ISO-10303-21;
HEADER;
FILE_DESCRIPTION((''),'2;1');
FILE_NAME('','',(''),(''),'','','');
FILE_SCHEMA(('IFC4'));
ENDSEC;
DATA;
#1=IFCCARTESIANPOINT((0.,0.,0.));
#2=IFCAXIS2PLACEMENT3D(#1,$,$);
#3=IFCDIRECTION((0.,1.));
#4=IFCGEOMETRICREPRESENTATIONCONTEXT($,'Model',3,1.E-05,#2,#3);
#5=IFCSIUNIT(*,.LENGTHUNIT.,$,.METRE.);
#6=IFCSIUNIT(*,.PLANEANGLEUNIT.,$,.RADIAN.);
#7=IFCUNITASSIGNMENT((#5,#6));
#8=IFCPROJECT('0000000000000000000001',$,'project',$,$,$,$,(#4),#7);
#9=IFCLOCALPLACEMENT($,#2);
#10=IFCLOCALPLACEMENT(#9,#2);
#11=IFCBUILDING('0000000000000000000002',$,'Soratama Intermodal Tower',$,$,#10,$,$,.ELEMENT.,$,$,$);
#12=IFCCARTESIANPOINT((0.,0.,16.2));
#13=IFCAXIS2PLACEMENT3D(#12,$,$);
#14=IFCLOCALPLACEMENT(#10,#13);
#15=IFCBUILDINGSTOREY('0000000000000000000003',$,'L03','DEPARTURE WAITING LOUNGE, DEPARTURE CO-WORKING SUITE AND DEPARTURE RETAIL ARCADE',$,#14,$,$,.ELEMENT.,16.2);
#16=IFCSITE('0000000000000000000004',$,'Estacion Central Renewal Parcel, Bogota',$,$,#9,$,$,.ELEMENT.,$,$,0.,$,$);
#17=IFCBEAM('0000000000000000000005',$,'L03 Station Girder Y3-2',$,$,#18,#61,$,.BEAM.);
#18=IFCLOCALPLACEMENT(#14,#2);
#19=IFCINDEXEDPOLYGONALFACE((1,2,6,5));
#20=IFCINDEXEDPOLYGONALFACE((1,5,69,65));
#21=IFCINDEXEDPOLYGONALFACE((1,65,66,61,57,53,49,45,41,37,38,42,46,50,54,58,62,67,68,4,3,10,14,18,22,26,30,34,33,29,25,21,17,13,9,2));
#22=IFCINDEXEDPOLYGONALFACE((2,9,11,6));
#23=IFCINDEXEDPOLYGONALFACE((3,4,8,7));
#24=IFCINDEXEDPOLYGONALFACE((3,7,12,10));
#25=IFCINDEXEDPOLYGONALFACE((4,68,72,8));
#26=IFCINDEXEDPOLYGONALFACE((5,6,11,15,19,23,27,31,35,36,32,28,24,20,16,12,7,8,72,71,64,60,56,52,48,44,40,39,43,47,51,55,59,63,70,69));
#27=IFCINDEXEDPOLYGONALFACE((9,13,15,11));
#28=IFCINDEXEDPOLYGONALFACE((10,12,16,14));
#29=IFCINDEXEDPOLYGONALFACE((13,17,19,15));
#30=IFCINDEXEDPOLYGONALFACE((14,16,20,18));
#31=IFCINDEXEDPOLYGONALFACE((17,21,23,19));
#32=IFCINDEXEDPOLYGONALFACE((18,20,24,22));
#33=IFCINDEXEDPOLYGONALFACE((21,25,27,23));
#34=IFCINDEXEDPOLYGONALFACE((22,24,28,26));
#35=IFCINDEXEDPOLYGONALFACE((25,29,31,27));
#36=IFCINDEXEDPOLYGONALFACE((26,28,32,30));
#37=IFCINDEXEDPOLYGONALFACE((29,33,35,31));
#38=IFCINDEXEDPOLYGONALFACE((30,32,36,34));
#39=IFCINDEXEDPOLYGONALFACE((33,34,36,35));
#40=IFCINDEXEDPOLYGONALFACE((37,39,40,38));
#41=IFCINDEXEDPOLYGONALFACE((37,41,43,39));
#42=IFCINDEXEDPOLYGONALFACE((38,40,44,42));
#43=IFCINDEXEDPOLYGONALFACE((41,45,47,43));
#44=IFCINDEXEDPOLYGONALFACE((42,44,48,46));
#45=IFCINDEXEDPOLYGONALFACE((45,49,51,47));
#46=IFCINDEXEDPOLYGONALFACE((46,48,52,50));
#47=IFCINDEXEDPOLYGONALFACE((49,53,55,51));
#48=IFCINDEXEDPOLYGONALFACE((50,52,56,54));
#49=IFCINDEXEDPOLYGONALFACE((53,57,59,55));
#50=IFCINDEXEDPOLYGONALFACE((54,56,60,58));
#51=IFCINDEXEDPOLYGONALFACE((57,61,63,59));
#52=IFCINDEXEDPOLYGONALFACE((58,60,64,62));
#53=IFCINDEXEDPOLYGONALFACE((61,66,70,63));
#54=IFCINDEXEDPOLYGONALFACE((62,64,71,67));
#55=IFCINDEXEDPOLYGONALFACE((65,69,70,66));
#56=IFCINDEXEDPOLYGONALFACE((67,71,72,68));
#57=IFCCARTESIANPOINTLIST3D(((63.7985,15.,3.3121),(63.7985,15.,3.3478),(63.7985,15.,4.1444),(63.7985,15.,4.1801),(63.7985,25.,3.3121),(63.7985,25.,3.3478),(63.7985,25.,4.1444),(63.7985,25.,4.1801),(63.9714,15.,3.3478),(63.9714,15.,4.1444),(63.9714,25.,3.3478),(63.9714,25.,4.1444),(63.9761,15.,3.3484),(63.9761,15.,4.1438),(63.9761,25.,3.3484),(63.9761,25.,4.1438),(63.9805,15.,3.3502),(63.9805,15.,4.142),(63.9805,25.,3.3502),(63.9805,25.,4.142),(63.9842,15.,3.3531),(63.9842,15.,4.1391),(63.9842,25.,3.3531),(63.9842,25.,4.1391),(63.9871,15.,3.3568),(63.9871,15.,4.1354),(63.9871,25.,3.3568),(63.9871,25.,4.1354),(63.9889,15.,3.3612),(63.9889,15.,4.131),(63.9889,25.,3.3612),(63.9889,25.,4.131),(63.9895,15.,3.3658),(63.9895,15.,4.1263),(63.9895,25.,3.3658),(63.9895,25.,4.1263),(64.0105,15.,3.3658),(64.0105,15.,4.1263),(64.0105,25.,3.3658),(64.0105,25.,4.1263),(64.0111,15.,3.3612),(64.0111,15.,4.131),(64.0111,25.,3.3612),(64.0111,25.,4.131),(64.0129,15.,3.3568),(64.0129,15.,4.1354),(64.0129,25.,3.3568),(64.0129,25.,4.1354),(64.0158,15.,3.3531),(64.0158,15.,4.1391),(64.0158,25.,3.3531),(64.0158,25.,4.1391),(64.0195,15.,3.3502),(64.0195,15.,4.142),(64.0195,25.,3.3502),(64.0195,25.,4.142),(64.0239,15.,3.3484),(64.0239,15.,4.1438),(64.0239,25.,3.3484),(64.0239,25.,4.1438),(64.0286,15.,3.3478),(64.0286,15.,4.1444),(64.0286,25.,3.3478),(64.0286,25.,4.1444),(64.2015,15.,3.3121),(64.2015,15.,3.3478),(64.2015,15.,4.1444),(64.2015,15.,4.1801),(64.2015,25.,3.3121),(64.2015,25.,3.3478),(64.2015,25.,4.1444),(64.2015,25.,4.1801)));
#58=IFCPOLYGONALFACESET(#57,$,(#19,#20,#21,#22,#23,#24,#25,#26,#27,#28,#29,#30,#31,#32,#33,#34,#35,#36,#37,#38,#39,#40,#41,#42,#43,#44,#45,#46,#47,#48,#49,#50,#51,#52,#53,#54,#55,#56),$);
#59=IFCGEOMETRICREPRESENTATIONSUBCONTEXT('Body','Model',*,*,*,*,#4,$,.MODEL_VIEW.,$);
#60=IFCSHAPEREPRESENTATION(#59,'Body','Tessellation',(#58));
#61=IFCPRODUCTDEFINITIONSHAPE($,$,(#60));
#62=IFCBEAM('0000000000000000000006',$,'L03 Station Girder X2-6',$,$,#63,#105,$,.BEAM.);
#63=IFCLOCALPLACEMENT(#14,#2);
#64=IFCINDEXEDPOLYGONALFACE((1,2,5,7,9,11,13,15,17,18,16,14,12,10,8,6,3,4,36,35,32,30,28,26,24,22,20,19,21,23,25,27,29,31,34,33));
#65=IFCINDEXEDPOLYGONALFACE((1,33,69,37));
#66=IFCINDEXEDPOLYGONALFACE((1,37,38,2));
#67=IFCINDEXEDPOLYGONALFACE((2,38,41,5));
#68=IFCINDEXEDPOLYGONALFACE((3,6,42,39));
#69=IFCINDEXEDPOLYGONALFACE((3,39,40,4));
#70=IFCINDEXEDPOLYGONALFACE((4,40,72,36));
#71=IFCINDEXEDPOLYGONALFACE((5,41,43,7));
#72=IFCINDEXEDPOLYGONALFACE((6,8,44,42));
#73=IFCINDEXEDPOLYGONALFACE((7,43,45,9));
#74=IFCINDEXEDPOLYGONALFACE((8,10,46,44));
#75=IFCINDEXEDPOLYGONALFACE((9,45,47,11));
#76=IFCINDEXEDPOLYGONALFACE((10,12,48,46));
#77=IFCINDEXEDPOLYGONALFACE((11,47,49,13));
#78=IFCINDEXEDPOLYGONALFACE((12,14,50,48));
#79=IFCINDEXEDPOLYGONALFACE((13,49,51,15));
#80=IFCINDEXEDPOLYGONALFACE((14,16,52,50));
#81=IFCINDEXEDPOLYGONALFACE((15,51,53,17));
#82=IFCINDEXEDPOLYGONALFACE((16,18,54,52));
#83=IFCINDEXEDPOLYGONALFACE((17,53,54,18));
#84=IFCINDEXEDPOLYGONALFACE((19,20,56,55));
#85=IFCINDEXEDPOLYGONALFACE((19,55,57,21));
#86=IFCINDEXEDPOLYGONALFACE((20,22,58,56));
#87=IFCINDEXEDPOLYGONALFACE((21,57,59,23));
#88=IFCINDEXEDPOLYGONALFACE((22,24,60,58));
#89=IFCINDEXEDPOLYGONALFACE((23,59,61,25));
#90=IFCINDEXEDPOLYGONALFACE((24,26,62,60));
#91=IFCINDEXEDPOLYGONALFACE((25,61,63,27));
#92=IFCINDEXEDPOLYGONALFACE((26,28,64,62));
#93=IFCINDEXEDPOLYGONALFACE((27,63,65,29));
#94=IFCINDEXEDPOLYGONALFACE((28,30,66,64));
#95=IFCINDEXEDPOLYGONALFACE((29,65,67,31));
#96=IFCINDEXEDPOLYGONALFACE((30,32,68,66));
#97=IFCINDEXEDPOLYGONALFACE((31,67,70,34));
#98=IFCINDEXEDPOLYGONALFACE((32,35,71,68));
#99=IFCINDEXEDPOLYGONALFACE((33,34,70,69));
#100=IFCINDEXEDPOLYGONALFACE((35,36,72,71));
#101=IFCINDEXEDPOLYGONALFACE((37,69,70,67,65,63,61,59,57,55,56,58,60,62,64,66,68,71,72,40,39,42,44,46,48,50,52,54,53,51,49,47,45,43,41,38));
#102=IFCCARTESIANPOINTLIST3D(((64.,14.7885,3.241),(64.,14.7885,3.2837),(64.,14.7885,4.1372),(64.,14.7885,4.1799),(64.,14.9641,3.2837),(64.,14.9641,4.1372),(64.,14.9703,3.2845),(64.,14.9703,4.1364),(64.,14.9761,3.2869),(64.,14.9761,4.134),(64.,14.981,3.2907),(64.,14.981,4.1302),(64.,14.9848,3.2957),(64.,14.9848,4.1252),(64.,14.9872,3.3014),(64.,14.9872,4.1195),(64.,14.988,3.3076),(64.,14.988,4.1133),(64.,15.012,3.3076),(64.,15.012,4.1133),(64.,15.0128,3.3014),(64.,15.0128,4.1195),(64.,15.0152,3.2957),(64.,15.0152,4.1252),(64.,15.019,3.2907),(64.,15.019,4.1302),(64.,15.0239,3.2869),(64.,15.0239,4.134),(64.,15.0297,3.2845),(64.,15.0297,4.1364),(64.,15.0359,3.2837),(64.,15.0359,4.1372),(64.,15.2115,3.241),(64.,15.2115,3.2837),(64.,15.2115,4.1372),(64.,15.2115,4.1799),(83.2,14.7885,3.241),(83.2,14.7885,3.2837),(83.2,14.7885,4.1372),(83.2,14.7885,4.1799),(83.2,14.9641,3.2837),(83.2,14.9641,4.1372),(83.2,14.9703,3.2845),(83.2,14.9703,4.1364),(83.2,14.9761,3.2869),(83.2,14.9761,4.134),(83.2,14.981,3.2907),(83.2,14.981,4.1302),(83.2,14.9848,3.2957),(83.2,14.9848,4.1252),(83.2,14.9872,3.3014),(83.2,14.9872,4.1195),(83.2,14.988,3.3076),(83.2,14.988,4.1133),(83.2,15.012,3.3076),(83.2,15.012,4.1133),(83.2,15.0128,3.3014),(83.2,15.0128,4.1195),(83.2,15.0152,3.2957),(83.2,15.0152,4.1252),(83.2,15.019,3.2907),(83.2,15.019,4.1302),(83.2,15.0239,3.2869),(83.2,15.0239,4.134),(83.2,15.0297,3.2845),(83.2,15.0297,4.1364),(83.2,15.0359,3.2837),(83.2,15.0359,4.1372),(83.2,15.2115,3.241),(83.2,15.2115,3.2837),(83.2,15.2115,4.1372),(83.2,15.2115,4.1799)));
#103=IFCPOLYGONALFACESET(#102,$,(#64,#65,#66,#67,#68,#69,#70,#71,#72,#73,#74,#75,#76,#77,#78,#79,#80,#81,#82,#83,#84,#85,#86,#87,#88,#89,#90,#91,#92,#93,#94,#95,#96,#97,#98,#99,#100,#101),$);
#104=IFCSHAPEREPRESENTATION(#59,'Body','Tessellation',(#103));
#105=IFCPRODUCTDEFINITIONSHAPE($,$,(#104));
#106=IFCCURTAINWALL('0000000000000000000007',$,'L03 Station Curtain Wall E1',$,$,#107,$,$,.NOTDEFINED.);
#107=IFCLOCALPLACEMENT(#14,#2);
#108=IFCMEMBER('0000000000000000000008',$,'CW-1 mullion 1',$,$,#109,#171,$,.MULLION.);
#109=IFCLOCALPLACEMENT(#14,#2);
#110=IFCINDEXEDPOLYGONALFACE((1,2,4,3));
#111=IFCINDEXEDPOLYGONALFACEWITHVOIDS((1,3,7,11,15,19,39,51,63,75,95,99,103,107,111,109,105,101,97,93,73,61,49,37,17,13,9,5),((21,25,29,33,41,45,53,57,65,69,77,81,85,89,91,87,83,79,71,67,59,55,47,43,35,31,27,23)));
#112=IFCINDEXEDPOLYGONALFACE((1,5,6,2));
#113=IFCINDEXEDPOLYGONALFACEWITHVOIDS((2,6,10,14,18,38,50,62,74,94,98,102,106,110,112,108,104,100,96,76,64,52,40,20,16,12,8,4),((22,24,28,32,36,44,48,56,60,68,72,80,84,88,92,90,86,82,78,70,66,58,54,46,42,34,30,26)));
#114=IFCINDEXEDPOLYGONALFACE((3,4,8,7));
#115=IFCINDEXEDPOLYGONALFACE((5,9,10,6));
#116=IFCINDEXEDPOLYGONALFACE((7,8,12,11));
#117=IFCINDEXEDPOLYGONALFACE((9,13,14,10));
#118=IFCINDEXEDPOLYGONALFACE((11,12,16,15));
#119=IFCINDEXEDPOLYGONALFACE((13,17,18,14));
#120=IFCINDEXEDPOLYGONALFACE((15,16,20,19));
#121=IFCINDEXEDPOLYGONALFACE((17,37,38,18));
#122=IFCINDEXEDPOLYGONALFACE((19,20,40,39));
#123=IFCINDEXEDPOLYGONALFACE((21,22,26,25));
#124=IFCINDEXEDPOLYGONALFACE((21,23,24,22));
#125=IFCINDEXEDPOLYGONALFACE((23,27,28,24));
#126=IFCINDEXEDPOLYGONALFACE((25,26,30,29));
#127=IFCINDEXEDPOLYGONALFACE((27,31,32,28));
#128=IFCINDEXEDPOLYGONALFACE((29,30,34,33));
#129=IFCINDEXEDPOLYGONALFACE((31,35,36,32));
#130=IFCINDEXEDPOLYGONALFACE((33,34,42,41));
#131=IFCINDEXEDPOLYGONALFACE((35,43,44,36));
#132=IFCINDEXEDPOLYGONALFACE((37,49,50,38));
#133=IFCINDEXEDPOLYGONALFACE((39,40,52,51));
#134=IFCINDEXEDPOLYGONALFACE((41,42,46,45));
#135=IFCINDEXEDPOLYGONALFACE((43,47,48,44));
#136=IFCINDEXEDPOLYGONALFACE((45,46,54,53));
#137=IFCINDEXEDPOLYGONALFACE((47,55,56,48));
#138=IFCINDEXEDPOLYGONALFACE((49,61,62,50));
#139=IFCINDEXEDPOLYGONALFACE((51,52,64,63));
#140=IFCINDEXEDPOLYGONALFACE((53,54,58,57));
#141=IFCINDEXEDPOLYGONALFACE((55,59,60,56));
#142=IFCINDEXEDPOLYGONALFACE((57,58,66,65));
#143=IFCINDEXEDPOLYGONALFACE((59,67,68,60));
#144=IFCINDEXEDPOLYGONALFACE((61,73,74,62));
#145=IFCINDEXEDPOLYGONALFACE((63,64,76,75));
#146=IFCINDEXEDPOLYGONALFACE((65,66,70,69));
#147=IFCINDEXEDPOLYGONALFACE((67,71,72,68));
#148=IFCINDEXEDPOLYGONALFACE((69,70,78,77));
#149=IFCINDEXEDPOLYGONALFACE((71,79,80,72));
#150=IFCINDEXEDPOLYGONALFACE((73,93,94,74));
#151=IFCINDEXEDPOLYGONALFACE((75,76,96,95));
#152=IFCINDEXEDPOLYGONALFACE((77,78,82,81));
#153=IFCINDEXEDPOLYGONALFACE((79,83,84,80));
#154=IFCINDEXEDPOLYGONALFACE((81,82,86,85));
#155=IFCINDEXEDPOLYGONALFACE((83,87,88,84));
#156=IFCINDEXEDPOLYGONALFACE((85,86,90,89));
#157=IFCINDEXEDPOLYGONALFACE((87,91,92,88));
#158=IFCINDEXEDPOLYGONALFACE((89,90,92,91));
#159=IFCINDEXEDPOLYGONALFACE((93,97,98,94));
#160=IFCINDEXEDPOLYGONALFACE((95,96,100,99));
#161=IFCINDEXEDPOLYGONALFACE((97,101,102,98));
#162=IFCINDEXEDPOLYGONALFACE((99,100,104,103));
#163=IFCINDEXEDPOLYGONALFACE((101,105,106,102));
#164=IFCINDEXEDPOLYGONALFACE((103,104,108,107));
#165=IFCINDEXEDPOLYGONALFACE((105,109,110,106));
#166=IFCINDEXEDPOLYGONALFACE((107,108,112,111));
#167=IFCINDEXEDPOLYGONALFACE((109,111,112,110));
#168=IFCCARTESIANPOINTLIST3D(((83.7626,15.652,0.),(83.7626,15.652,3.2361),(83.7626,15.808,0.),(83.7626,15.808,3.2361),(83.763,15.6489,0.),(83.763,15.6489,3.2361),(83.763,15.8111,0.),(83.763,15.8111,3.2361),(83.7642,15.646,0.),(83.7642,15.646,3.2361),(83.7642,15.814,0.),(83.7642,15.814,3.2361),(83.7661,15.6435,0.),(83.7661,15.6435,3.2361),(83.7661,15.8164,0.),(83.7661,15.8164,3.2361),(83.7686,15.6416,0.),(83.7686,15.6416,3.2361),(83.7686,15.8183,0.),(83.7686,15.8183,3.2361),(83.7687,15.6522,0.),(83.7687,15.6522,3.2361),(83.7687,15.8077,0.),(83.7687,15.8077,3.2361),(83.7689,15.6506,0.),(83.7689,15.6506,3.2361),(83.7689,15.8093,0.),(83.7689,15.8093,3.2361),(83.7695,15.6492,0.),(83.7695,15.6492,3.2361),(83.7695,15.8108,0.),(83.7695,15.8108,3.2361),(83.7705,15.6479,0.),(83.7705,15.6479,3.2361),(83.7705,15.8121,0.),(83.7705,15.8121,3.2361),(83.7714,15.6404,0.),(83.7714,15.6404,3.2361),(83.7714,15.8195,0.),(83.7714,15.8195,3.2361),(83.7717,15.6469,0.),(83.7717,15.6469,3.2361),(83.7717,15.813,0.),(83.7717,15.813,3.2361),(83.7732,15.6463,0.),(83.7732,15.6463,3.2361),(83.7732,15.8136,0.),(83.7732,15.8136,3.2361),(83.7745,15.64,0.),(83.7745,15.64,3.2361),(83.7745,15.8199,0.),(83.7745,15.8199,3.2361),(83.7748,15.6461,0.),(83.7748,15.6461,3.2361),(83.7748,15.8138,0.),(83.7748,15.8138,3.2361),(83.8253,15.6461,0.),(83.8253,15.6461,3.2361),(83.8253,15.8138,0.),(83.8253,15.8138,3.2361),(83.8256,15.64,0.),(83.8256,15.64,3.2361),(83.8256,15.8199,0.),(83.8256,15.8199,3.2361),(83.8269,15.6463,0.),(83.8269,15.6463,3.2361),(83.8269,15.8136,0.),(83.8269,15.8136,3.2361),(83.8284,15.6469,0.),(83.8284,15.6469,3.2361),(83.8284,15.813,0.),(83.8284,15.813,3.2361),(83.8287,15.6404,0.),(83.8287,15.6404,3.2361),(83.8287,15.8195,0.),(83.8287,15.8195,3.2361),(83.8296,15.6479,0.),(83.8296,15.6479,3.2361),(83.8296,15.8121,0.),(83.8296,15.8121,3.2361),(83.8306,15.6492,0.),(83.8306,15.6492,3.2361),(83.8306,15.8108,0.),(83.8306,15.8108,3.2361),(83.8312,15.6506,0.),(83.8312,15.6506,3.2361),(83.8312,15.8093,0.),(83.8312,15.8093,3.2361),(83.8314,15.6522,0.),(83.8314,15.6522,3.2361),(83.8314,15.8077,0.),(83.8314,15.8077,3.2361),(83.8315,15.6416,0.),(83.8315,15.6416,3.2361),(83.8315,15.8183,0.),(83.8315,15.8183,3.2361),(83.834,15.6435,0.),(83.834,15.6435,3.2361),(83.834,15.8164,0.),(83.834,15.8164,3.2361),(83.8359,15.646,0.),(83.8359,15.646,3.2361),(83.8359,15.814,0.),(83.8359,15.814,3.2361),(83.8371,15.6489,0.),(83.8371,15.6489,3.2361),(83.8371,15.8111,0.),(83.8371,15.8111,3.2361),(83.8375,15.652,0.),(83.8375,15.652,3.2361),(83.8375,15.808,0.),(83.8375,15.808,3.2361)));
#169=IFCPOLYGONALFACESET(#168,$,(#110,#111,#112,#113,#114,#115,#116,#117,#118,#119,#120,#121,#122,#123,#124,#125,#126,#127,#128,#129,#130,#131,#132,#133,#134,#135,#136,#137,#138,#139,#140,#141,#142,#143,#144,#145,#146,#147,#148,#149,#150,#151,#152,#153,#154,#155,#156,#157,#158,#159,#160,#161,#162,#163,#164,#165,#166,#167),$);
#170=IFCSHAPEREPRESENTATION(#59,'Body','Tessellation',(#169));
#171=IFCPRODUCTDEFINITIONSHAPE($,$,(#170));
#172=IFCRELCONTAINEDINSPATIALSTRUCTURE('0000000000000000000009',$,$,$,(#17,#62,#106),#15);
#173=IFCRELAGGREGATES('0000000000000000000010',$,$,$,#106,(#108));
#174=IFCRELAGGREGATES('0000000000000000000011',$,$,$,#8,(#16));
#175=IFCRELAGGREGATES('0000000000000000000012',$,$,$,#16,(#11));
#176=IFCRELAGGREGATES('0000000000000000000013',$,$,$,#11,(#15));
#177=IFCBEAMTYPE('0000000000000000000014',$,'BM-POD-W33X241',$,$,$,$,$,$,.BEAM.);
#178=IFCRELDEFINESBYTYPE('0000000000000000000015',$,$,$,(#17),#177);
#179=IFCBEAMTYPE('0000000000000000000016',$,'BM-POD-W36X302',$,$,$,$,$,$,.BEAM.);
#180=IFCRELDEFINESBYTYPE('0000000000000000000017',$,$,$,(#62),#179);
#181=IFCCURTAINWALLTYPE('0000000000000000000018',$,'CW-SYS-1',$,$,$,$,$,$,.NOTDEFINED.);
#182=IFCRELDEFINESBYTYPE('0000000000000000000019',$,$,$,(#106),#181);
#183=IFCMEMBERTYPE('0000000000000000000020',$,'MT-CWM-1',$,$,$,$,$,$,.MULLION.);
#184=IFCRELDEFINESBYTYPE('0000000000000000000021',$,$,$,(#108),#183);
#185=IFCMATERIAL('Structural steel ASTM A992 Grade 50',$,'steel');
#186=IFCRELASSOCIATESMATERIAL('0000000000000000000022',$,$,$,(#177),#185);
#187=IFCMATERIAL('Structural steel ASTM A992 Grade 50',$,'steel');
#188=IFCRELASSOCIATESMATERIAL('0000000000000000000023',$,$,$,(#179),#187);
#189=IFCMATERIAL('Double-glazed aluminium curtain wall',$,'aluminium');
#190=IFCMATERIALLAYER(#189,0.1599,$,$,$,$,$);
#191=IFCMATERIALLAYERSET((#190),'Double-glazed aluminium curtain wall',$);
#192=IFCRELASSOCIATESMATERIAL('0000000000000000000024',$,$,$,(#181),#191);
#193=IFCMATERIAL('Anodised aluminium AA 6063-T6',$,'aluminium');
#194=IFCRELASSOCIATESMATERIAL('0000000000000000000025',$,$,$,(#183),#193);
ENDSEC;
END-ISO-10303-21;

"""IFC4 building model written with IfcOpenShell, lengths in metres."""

from ifc_helpers import new_model, si_unit, direction, frame, origin, origin_2d, place, context, subcontext, project, spatial, hollow_rectangle, i_section, extrude, material, layer, layer_set, material_profile, profile_set, type_object, element, aggregate, save


model = new_model("IFC4")

# Units and contexts
model_context = context("Model", 3, precision=1e-05, world=origin(), true_north=direction((0.0, 1.0)))
body_context = subcontext(model_context, "Body", "Model", "MODEL_VIEW")
ifc_project = project(units=[si_unit("LENGTHUNIT", "METRE"), si_unit("PLANEANGLEUNIT", "RADIAN")], contexts=[model_context])

# Site, building, storey
site_placement = place(None, origin())
site = spatial("IfcSite", under=ifc_project, at=site_placement, Name="Estacion Central Renewal Parcel, Bogota", CompositionType="ELEMENT", RefElevation=0.0)
building_placement = place(site_placement, origin())
building = spatial("IfcBuilding", under=site, at=building_placement, Name="Soratama Intermodal Tower", CompositionType="ELEMENT")
storey_placement = place(building_placement, frame((0.0, 0.0, 16.2)))
storey = spatial("IfcBuildingStorey", under=building, at=storey_placement, Name="L03", Description="DEPARTURE WAITING LOUNGE, DEPARTURE CO-WORKING SUITE AND DEPARTURE RETAIL ARCADE", CompositionType="ELEMENT", Elevation=16.2)

# Beams
ifc_material_1 = material(Name="Structural steel ASTM A992 Grade 50", Category="steel")
ifc_material_profile_1 = material_profile(ifc_material_1, i_section(OverallWidth=0.4031, OverallDepth=0.8679, WebThickness=0.021, FlangeThickness=0.0356, FilletRadius=0.0181, at=origin_2d()), Name="W33X241")
ifc_profile_set_1 = profile_set([ifc_material_profile_1], Name="Structural steel ASTM A992 Grade 50")
beam_type_1 = type_object("IfcBeamType", Name="BM-POD-W33X241", PredefinedType="BEAM", material=ifc_profile_set_1)
beam_1_placement = place(storey_placement, frame((64.0, 15.0, 3.7461), z_axis=(0.0, 1.0, 0.0), x_axis=(-1.0, 0.0, 0.0)))
element("IfcBeam", 1, at=beam_1_placement, inside=storey, type_object=beam_type_1, Name="L03 Station Girder Y3-2", PredefinedType="BEAM", context=body_context, shape_type="SweptSolid", body=[
    extrude(i_section(OverallWidth=0.4031, OverallDepth=0.8679, WebThickness=0.021, FlangeThickness=0.0356, FilletRadius=0.0181, at=origin_2d()), origin(), (0.0, 0.0, 1.0), 10.0),
])
ifc_material_2 = material(Name="Structural steel ASTM A992 Grade 50", Category="steel")
ifc_material_profile_2 = material_profile(ifc_material_2, i_section(OverallWidth=0.4231, OverallDepth=0.939, WebThickness=0.0239, FlangeThickness=0.0427, FilletRadius=0.0239, at=origin_2d()), Name="W36X302")
ifc_profile_set_2 = profile_set([ifc_material_profile_2], Name="Structural steel ASTM A992 Grade 50")
beam_type_2 = type_object("IfcBeamType", Name="BM-POD-W36X302", PredefinedType="BEAM", material=ifc_profile_set_2)
beam_2_placement = place(storey_placement, frame((64.0, 15.0, 3.7104), z_axis=(1.0, 0.0, 0.0), x_axis=(0.0, 1.0, 0.0)))
element("IfcBeam", 2, at=beam_2_placement, inside=storey, type_object=beam_type_2, Name="L03 Station Girder X2-6", PredefinedType="BEAM", context=body_context, shape_type="SweptSolid", body=[
    extrude(i_section(OverallWidth=0.4231, OverallDepth=0.939, WebThickness=0.0239, FlangeThickness=0.0427, FilletRadius=0.0239, at=origin_2d()), origin(), (0.0, 0.0, 1.0), 19.2),
])

# Curtain wall, member
ifc_material_3 = material(Name="Double-glazed aluminium curtain wall", Category="aluminium")
ifc_layer_1 = layer(ifc_material_3, 0.1599)
ifc_layer_set_1 = layer_set([ifc_layer_1], Name="Double-glazed aluminium curtain wall")
curtain_wall_type = type_object("IfcCurtainWallType", Name="CW-SYS-1", PredefinedType="NOTDEFINED", material=ifc_layer_set_1)
curtain_wall_placement = place(storey_placement, origin())
curtain_wall = element("IfcCurtainWall", 3, at=curtain_wall_placement, inside=storey, type_object=curtain_wall_type, Name="L03 Station Curtain Wall E1", PredefinedType="NOTDEFINED")
ifc_material_4 = material(Name="Anodised aluminium AA 6063-T6", Category="aluminium")
ifc_material_profile_3 = material_profile(ifc_material_4, hollow_rectangle(XDim=0.075, YDim=0.1799, WallThickness=0.0061, InnerFilletRadius=0.0061, OuterFilletRadius=0.012, at=origin_2d()), Name="CWM180X75X6")
ifc_profile_set_3 = profile_set([ifc_material_profile_3], Name="Anodised aluminium AA 6063-T6")
member_type_1 = type_object("IfcMemberType", Name="MT-CWM-1", PredefinedType="MULLION", material=ifc_profile_set_3)
member_1_placement = place(storey_placement, frame((83.8, 15.73, 0.0), z_axis=(0.0, 0.0, 1.0), x_axis=(-1.0, 0.0, 0.0)))
member_1 = element("IfcMember", 4, at=member_1_placement, type_object=member_type_1, Name="CW-1 mullion 1", PredefinedType="MULLION", context=body_context, shape_type="SweptSolid", body=[
    extrude(hollow_rectangle(XDim=0.075, YDim=0.1799, WallThickness=0.0061, InnerFilletRadius=0.0061, OuterFilletRadius=0.012, at=origin_2d()), origin(), (0.0, 0.0, 1.0), 3.2361),
])
aggregate(curtain_wall, [member_1])

save(model, "model.ifc")
